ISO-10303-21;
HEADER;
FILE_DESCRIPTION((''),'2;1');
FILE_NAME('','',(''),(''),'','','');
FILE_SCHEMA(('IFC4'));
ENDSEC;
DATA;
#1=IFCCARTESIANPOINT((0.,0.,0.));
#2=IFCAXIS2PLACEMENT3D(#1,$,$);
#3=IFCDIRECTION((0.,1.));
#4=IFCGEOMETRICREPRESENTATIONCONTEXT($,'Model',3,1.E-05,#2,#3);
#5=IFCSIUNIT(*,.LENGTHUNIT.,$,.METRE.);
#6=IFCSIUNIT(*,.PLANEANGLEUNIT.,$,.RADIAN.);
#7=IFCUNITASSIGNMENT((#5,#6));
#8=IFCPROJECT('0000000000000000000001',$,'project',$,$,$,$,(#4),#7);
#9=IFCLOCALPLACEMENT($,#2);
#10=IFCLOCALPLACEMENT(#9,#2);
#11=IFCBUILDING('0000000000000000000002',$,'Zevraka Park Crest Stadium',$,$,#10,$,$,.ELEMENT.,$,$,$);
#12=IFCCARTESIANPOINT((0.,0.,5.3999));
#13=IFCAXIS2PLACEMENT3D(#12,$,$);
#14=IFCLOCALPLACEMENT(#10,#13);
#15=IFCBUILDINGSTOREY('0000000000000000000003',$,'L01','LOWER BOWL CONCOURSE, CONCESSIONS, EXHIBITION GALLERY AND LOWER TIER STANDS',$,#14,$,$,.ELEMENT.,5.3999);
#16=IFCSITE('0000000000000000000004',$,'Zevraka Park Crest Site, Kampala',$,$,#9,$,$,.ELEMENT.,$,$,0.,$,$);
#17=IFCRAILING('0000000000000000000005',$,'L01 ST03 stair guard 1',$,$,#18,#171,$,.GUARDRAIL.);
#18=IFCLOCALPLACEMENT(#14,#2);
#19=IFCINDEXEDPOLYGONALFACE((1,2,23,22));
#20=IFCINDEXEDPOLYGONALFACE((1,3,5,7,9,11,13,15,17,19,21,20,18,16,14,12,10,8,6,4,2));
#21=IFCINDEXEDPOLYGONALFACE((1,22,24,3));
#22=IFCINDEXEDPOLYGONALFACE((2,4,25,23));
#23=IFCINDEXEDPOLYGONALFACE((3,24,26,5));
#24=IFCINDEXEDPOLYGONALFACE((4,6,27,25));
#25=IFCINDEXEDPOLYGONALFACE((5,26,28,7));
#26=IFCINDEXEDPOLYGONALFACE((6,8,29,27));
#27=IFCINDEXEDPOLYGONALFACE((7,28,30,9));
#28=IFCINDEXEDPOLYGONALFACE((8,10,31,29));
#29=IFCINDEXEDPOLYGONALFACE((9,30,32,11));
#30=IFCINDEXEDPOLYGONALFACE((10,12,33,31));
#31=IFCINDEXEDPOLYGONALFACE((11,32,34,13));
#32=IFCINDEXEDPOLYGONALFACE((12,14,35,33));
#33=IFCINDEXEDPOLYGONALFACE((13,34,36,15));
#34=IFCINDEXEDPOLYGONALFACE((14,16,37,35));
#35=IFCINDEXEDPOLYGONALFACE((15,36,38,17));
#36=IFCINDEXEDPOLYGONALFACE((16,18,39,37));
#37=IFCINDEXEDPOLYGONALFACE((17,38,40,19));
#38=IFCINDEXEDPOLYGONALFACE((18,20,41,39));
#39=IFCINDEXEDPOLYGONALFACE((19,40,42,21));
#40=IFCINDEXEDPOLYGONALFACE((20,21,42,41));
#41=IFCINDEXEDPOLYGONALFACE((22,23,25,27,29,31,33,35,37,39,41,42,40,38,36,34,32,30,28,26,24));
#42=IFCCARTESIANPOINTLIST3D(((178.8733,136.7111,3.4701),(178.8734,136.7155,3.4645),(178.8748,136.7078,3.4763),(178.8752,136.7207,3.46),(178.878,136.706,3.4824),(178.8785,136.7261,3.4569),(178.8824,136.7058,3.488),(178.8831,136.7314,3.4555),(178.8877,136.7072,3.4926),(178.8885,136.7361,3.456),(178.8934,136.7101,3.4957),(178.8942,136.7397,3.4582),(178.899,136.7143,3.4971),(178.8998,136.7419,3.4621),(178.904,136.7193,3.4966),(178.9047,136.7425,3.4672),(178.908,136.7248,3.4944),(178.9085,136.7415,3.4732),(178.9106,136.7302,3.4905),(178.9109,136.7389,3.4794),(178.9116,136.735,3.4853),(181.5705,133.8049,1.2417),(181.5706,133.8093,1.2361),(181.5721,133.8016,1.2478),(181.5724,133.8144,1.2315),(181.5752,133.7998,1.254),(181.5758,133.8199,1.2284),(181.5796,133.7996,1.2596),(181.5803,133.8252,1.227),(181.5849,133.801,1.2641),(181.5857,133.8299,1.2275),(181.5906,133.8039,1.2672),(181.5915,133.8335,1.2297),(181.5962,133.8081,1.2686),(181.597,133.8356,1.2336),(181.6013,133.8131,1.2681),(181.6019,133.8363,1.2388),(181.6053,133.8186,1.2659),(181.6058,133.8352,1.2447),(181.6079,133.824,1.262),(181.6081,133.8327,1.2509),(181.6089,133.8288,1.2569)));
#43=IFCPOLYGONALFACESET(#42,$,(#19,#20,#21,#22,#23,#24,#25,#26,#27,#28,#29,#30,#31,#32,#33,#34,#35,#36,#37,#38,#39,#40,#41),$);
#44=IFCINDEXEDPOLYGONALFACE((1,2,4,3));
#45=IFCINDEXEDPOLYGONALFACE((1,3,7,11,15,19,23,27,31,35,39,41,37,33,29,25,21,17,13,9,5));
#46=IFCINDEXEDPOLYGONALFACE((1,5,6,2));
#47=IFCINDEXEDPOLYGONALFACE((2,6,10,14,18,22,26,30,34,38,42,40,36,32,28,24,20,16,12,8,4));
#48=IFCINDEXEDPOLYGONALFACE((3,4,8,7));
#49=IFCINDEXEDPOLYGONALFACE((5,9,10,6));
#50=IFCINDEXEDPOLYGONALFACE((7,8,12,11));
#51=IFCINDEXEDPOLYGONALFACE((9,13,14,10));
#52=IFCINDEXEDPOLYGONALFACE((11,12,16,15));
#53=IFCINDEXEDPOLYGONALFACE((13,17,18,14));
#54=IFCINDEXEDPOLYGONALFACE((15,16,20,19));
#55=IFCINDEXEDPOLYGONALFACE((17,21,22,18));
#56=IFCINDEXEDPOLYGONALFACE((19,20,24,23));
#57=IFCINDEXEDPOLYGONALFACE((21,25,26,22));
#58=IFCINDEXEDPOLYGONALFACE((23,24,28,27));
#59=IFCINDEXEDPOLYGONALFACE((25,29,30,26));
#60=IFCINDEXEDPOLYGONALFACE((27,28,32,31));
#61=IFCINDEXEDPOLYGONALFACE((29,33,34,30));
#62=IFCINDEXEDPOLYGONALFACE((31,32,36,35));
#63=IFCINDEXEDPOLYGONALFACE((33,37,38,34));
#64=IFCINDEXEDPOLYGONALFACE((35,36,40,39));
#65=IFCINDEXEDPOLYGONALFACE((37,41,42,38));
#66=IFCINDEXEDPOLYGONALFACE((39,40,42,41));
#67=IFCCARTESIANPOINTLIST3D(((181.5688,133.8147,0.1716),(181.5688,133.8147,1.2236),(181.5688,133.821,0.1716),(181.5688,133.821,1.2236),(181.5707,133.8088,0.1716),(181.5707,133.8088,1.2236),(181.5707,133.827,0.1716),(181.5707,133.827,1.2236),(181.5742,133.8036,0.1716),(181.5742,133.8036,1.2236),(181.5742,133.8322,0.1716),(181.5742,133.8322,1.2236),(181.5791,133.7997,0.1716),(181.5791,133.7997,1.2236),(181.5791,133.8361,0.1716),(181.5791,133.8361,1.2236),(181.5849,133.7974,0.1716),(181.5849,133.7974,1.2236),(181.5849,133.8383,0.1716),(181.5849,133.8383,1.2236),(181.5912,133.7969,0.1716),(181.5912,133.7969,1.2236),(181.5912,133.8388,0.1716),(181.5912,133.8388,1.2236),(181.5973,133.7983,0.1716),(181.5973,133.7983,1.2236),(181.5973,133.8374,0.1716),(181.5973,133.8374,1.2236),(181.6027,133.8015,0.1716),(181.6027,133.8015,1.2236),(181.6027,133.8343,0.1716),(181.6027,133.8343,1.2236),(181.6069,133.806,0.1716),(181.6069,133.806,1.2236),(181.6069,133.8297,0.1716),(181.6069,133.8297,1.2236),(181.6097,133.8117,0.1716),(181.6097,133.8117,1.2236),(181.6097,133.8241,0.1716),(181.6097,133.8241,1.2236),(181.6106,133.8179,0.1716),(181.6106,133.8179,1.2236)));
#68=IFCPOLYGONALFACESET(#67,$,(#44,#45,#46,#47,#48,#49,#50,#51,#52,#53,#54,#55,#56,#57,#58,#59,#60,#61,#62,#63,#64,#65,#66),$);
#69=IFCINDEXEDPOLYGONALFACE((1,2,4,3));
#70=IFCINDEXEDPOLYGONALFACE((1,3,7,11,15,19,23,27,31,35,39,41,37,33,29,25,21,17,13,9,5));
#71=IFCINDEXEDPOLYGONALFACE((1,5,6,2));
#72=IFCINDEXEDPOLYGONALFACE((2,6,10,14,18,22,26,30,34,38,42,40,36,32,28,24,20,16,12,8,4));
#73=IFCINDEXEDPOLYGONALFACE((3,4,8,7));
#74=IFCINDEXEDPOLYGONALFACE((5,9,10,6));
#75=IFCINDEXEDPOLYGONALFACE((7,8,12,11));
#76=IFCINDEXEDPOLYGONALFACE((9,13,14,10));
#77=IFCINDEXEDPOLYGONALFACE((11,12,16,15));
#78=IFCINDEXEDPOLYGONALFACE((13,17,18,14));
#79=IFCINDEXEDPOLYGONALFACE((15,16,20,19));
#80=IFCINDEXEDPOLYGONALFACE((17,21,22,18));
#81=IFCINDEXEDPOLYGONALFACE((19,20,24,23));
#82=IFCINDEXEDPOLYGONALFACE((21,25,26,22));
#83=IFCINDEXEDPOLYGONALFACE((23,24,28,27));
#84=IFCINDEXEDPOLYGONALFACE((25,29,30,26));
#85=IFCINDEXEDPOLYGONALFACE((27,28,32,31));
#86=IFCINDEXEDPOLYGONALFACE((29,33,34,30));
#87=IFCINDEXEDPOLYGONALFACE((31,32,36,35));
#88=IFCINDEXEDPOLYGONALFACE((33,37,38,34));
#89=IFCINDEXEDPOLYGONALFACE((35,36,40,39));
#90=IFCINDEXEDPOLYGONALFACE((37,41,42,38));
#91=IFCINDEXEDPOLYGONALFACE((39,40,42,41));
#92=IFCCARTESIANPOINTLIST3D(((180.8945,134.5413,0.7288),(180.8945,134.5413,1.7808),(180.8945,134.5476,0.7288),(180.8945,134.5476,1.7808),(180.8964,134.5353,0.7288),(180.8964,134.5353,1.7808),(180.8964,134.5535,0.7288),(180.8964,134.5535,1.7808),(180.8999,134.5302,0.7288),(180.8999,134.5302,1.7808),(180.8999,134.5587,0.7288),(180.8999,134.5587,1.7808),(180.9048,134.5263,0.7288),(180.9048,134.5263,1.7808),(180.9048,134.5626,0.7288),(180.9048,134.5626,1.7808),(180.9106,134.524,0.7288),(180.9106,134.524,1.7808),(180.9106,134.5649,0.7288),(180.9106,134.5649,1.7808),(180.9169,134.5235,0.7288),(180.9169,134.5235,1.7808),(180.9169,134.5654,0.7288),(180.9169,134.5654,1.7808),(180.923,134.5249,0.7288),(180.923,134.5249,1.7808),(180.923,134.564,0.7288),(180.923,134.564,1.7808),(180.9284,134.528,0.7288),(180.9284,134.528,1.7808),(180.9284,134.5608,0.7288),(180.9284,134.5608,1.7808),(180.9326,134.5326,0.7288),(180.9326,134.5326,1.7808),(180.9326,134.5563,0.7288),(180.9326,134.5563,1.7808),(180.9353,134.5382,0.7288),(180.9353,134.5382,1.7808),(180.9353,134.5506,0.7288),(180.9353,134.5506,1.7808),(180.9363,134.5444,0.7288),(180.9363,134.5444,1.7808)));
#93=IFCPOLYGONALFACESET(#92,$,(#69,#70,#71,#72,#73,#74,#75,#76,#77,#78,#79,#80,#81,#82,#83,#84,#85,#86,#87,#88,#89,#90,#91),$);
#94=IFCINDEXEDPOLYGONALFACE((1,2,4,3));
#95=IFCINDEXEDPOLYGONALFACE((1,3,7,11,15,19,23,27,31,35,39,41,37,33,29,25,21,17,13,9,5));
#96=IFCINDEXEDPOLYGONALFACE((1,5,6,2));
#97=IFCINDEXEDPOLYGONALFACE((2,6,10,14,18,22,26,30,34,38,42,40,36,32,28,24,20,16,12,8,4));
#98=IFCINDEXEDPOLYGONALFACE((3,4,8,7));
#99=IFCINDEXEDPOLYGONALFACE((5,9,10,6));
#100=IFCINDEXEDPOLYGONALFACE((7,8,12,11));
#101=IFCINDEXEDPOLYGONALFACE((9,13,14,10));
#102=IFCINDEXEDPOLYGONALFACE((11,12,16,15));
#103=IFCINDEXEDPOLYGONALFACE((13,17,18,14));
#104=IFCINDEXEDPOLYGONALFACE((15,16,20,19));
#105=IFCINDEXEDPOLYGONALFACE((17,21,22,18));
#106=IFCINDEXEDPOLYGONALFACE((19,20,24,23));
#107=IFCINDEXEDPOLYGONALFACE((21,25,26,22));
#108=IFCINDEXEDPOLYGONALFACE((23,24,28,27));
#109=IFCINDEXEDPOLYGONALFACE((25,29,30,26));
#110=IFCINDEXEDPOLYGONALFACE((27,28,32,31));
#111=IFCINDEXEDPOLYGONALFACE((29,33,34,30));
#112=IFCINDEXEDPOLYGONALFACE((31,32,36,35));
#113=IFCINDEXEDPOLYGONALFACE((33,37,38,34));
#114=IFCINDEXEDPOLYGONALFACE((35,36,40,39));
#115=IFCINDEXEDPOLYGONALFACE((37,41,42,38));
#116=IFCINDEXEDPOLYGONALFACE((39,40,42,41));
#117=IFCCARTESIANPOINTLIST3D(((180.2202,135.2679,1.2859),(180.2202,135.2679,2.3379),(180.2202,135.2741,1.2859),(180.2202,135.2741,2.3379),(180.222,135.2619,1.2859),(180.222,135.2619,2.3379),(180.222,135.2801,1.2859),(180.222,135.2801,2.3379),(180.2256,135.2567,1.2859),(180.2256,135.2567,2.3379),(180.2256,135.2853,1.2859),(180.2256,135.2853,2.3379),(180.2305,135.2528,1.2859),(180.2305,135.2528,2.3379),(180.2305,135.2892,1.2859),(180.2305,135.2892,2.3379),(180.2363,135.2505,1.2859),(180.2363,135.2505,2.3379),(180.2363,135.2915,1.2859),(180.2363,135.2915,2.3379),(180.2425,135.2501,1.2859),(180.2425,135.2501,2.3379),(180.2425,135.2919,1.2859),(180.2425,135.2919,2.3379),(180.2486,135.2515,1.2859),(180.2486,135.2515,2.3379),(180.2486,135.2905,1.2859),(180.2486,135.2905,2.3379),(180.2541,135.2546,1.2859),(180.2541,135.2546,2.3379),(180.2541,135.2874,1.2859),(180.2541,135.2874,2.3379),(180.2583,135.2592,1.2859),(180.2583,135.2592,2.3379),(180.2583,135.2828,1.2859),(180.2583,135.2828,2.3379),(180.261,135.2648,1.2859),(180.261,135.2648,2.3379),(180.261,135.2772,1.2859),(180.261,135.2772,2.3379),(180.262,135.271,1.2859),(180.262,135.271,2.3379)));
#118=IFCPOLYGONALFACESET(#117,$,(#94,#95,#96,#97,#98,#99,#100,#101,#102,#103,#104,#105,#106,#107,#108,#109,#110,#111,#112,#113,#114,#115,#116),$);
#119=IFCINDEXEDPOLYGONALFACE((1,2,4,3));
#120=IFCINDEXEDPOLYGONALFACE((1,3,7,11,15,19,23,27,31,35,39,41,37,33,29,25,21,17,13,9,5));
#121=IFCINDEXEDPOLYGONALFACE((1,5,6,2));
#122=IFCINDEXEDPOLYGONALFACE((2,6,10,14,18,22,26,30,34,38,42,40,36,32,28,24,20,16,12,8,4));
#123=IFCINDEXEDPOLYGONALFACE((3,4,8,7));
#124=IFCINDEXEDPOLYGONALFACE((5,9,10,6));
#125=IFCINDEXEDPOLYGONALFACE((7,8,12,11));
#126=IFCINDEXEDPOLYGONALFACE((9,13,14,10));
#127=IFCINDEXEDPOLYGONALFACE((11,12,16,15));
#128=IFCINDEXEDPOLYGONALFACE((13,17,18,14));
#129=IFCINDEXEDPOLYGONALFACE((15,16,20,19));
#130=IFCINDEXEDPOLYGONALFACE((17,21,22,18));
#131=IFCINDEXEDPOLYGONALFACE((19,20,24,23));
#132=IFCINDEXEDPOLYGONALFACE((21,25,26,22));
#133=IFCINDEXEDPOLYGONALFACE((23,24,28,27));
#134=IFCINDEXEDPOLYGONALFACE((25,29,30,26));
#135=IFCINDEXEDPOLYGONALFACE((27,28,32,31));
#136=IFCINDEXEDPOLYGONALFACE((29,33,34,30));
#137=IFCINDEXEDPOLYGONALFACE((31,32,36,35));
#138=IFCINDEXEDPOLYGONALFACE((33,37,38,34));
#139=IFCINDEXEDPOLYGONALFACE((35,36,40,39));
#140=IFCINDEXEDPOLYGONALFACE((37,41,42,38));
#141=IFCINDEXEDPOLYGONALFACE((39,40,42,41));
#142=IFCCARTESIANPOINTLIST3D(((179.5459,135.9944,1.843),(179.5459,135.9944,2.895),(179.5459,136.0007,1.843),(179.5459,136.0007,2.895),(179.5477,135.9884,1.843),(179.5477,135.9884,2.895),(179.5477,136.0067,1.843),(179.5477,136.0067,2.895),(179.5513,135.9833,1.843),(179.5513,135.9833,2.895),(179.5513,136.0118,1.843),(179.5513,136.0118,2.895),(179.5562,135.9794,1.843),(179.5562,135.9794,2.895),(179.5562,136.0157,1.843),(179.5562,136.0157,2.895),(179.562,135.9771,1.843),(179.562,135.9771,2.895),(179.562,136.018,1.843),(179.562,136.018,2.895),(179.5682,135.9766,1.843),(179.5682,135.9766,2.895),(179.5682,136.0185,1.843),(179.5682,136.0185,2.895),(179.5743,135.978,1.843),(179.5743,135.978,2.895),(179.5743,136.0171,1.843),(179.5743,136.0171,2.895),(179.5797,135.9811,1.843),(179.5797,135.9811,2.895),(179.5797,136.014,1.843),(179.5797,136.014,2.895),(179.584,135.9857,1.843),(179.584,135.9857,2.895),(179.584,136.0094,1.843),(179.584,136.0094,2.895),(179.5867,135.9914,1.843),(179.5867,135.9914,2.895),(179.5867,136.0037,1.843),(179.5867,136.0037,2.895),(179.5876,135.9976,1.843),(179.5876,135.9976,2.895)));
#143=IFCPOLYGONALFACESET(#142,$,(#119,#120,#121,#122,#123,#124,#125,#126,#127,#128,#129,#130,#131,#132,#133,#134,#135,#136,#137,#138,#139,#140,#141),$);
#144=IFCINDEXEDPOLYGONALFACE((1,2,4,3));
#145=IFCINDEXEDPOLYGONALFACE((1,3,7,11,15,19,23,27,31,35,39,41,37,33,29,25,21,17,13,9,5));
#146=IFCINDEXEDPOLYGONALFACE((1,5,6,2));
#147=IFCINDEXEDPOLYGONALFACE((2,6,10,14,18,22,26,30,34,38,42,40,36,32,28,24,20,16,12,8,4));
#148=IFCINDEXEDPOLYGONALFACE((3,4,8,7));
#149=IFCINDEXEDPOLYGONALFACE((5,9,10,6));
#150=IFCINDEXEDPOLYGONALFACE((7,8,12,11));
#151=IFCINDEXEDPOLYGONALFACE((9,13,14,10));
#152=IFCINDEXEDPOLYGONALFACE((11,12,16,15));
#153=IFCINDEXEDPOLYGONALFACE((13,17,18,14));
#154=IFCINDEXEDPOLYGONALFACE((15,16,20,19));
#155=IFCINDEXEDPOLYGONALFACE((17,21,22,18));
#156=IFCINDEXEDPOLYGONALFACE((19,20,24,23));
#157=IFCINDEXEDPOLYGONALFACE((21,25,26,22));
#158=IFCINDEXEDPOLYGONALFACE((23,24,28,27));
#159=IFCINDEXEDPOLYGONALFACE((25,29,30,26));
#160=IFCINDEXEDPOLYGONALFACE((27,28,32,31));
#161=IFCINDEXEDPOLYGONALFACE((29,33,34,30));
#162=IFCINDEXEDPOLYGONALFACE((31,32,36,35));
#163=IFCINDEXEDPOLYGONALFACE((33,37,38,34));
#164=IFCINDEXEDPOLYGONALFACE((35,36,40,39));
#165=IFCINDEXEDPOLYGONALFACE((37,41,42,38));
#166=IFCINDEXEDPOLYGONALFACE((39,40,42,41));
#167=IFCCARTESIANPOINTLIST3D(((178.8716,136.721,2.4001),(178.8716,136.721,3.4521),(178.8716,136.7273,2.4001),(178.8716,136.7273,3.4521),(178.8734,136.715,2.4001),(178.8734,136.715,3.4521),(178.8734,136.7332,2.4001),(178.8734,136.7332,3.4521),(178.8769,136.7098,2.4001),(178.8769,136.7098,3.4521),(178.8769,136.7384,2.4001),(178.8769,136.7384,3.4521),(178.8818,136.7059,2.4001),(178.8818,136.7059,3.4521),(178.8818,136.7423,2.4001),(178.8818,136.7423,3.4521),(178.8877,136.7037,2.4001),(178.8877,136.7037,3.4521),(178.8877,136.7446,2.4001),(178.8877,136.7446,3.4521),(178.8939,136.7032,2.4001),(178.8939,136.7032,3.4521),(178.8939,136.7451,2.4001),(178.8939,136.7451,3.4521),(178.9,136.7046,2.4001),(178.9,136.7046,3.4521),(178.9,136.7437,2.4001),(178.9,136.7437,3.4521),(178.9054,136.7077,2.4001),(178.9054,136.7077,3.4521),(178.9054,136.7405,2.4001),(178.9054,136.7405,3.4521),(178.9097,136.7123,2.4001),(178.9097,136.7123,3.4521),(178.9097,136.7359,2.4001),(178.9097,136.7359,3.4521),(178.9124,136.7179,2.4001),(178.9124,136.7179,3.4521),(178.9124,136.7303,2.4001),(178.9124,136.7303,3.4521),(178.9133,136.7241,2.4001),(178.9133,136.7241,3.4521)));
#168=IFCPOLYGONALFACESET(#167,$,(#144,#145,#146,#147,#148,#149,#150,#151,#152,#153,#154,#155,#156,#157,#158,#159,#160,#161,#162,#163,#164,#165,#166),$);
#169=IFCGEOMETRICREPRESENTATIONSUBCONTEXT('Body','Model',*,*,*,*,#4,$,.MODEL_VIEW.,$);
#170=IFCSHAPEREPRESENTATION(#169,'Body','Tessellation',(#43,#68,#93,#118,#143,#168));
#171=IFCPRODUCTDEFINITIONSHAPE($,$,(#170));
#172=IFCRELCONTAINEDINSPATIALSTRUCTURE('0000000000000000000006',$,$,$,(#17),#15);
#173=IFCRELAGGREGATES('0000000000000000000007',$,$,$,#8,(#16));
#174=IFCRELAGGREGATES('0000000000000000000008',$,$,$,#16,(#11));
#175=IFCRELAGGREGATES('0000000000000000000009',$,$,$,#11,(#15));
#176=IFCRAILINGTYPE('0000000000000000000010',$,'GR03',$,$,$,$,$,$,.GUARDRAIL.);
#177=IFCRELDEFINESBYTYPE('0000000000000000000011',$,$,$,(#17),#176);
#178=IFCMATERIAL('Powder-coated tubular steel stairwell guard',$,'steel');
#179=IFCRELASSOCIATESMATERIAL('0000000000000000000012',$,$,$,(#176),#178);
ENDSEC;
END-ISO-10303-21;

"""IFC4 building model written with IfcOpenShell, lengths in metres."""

from ifc_helpers import new_model, si_unit, direction, frame, origin, origin_2d, place, context, subcontext, project, spatial, circle, extrude, material, type_object, element, save


model = new_model("IFC4")

# Units and contexts
model_context = context("Model", 3, precision=1e-05, world=origin(), true_north=direction((0.0, 1.0)))
body_context = subcontext(model_context, "Body", "Model", "MODEL_VIEW")
ifc_project = project(units=[si_unit("LENGTHUNIT", "METRE"), si_unit("PLANEANGLEUNIT", "RADIAN")], contexts=[model_context])

# Site, building, storey
site_placement = place(None, origin())
site = spatial("IfcSite", under=ifc_project, at=site_placement, Name="Zevraka Park Crest Site, Kampala", CompositionType="ELEMENT", RefElevation=0.0)
building_placement = place(site_placement, origin())
building = spatial("IfcBuilding", under=site, at=building_placement, Name="Zevraka Park Crest Stadium", CompositionType="ELEMENT")
storey_placement = place(building_placement, frame((0.0, 0.0, 5.3999)))
storey = spatial("IfcBuildingStorey", under=building, at=storey_placement, Name="L01", Description="LOWER BOWL CONCOURSE, CONCESSIONS, EXHIBITION GALLERY AND LOWER TIER STANDS", CompositionType="ELEMENT", Elevation=5.3999)

# Railing
ifc_material_1 = material(Name="Powder-coated tubular steel stairwell guard", Category="steel")
railing_type_1 = type_object("IfcRailingType", Name="GR03", PredefinedType="GUARDRAIL", material=ifc_material_1)
railing_1_placement = place(storey_placement, frame((181.5896, 133.8179, 0.1716)))
element("IfcRailing", 1, at=railing_1_placement, inside=storey, type_object=railing_type_1, Name="L01 ST03 stair guard 1", PredefinedType="GUARDRAIL", context=body_context, shape_type="SweptSolid", body=[
    extrude(circle(Radius=0.0239, at=origin_2d()), frame((0.0, 0.0, 1.0762), z_axis=(-0.593016, 0.638963, 0.489957), x_axis=(-0.732969, -0.680262, 0.0)), (0.0, 0.0, 1.0), 4.5483),
    extrude(circle(Radius=0.021, at=origin_2d()), origin(), (0.0, 0.0, 1.0), 1.052),
    extrude(circle(Radius=0.021, at=origin_2d()), frame((-0.6743, 0.7266, 0.5571)), (0.0, 0.0, 1.0), 1.052),
    extrude(circle(Radius=0.021, at=origin_2d()), frame((-1.3486, 1.4531, 1.1143)), (0.0, 0.0, 1.0), 1.052),
    extrude(circle(Radius=0.021, at=origin_2d()), frame((-2.0229, 2.1797, 1.6714)), (0.0, 0.0, 1.0), 1.052),
    extrude(circle(Radius=0.021, at=origin_2d()), frame((-2.6973, 2.9062, 2.2285)), (0.0, 0.0, 1.0), 1.052),
])

save(model, "model.ifc")
